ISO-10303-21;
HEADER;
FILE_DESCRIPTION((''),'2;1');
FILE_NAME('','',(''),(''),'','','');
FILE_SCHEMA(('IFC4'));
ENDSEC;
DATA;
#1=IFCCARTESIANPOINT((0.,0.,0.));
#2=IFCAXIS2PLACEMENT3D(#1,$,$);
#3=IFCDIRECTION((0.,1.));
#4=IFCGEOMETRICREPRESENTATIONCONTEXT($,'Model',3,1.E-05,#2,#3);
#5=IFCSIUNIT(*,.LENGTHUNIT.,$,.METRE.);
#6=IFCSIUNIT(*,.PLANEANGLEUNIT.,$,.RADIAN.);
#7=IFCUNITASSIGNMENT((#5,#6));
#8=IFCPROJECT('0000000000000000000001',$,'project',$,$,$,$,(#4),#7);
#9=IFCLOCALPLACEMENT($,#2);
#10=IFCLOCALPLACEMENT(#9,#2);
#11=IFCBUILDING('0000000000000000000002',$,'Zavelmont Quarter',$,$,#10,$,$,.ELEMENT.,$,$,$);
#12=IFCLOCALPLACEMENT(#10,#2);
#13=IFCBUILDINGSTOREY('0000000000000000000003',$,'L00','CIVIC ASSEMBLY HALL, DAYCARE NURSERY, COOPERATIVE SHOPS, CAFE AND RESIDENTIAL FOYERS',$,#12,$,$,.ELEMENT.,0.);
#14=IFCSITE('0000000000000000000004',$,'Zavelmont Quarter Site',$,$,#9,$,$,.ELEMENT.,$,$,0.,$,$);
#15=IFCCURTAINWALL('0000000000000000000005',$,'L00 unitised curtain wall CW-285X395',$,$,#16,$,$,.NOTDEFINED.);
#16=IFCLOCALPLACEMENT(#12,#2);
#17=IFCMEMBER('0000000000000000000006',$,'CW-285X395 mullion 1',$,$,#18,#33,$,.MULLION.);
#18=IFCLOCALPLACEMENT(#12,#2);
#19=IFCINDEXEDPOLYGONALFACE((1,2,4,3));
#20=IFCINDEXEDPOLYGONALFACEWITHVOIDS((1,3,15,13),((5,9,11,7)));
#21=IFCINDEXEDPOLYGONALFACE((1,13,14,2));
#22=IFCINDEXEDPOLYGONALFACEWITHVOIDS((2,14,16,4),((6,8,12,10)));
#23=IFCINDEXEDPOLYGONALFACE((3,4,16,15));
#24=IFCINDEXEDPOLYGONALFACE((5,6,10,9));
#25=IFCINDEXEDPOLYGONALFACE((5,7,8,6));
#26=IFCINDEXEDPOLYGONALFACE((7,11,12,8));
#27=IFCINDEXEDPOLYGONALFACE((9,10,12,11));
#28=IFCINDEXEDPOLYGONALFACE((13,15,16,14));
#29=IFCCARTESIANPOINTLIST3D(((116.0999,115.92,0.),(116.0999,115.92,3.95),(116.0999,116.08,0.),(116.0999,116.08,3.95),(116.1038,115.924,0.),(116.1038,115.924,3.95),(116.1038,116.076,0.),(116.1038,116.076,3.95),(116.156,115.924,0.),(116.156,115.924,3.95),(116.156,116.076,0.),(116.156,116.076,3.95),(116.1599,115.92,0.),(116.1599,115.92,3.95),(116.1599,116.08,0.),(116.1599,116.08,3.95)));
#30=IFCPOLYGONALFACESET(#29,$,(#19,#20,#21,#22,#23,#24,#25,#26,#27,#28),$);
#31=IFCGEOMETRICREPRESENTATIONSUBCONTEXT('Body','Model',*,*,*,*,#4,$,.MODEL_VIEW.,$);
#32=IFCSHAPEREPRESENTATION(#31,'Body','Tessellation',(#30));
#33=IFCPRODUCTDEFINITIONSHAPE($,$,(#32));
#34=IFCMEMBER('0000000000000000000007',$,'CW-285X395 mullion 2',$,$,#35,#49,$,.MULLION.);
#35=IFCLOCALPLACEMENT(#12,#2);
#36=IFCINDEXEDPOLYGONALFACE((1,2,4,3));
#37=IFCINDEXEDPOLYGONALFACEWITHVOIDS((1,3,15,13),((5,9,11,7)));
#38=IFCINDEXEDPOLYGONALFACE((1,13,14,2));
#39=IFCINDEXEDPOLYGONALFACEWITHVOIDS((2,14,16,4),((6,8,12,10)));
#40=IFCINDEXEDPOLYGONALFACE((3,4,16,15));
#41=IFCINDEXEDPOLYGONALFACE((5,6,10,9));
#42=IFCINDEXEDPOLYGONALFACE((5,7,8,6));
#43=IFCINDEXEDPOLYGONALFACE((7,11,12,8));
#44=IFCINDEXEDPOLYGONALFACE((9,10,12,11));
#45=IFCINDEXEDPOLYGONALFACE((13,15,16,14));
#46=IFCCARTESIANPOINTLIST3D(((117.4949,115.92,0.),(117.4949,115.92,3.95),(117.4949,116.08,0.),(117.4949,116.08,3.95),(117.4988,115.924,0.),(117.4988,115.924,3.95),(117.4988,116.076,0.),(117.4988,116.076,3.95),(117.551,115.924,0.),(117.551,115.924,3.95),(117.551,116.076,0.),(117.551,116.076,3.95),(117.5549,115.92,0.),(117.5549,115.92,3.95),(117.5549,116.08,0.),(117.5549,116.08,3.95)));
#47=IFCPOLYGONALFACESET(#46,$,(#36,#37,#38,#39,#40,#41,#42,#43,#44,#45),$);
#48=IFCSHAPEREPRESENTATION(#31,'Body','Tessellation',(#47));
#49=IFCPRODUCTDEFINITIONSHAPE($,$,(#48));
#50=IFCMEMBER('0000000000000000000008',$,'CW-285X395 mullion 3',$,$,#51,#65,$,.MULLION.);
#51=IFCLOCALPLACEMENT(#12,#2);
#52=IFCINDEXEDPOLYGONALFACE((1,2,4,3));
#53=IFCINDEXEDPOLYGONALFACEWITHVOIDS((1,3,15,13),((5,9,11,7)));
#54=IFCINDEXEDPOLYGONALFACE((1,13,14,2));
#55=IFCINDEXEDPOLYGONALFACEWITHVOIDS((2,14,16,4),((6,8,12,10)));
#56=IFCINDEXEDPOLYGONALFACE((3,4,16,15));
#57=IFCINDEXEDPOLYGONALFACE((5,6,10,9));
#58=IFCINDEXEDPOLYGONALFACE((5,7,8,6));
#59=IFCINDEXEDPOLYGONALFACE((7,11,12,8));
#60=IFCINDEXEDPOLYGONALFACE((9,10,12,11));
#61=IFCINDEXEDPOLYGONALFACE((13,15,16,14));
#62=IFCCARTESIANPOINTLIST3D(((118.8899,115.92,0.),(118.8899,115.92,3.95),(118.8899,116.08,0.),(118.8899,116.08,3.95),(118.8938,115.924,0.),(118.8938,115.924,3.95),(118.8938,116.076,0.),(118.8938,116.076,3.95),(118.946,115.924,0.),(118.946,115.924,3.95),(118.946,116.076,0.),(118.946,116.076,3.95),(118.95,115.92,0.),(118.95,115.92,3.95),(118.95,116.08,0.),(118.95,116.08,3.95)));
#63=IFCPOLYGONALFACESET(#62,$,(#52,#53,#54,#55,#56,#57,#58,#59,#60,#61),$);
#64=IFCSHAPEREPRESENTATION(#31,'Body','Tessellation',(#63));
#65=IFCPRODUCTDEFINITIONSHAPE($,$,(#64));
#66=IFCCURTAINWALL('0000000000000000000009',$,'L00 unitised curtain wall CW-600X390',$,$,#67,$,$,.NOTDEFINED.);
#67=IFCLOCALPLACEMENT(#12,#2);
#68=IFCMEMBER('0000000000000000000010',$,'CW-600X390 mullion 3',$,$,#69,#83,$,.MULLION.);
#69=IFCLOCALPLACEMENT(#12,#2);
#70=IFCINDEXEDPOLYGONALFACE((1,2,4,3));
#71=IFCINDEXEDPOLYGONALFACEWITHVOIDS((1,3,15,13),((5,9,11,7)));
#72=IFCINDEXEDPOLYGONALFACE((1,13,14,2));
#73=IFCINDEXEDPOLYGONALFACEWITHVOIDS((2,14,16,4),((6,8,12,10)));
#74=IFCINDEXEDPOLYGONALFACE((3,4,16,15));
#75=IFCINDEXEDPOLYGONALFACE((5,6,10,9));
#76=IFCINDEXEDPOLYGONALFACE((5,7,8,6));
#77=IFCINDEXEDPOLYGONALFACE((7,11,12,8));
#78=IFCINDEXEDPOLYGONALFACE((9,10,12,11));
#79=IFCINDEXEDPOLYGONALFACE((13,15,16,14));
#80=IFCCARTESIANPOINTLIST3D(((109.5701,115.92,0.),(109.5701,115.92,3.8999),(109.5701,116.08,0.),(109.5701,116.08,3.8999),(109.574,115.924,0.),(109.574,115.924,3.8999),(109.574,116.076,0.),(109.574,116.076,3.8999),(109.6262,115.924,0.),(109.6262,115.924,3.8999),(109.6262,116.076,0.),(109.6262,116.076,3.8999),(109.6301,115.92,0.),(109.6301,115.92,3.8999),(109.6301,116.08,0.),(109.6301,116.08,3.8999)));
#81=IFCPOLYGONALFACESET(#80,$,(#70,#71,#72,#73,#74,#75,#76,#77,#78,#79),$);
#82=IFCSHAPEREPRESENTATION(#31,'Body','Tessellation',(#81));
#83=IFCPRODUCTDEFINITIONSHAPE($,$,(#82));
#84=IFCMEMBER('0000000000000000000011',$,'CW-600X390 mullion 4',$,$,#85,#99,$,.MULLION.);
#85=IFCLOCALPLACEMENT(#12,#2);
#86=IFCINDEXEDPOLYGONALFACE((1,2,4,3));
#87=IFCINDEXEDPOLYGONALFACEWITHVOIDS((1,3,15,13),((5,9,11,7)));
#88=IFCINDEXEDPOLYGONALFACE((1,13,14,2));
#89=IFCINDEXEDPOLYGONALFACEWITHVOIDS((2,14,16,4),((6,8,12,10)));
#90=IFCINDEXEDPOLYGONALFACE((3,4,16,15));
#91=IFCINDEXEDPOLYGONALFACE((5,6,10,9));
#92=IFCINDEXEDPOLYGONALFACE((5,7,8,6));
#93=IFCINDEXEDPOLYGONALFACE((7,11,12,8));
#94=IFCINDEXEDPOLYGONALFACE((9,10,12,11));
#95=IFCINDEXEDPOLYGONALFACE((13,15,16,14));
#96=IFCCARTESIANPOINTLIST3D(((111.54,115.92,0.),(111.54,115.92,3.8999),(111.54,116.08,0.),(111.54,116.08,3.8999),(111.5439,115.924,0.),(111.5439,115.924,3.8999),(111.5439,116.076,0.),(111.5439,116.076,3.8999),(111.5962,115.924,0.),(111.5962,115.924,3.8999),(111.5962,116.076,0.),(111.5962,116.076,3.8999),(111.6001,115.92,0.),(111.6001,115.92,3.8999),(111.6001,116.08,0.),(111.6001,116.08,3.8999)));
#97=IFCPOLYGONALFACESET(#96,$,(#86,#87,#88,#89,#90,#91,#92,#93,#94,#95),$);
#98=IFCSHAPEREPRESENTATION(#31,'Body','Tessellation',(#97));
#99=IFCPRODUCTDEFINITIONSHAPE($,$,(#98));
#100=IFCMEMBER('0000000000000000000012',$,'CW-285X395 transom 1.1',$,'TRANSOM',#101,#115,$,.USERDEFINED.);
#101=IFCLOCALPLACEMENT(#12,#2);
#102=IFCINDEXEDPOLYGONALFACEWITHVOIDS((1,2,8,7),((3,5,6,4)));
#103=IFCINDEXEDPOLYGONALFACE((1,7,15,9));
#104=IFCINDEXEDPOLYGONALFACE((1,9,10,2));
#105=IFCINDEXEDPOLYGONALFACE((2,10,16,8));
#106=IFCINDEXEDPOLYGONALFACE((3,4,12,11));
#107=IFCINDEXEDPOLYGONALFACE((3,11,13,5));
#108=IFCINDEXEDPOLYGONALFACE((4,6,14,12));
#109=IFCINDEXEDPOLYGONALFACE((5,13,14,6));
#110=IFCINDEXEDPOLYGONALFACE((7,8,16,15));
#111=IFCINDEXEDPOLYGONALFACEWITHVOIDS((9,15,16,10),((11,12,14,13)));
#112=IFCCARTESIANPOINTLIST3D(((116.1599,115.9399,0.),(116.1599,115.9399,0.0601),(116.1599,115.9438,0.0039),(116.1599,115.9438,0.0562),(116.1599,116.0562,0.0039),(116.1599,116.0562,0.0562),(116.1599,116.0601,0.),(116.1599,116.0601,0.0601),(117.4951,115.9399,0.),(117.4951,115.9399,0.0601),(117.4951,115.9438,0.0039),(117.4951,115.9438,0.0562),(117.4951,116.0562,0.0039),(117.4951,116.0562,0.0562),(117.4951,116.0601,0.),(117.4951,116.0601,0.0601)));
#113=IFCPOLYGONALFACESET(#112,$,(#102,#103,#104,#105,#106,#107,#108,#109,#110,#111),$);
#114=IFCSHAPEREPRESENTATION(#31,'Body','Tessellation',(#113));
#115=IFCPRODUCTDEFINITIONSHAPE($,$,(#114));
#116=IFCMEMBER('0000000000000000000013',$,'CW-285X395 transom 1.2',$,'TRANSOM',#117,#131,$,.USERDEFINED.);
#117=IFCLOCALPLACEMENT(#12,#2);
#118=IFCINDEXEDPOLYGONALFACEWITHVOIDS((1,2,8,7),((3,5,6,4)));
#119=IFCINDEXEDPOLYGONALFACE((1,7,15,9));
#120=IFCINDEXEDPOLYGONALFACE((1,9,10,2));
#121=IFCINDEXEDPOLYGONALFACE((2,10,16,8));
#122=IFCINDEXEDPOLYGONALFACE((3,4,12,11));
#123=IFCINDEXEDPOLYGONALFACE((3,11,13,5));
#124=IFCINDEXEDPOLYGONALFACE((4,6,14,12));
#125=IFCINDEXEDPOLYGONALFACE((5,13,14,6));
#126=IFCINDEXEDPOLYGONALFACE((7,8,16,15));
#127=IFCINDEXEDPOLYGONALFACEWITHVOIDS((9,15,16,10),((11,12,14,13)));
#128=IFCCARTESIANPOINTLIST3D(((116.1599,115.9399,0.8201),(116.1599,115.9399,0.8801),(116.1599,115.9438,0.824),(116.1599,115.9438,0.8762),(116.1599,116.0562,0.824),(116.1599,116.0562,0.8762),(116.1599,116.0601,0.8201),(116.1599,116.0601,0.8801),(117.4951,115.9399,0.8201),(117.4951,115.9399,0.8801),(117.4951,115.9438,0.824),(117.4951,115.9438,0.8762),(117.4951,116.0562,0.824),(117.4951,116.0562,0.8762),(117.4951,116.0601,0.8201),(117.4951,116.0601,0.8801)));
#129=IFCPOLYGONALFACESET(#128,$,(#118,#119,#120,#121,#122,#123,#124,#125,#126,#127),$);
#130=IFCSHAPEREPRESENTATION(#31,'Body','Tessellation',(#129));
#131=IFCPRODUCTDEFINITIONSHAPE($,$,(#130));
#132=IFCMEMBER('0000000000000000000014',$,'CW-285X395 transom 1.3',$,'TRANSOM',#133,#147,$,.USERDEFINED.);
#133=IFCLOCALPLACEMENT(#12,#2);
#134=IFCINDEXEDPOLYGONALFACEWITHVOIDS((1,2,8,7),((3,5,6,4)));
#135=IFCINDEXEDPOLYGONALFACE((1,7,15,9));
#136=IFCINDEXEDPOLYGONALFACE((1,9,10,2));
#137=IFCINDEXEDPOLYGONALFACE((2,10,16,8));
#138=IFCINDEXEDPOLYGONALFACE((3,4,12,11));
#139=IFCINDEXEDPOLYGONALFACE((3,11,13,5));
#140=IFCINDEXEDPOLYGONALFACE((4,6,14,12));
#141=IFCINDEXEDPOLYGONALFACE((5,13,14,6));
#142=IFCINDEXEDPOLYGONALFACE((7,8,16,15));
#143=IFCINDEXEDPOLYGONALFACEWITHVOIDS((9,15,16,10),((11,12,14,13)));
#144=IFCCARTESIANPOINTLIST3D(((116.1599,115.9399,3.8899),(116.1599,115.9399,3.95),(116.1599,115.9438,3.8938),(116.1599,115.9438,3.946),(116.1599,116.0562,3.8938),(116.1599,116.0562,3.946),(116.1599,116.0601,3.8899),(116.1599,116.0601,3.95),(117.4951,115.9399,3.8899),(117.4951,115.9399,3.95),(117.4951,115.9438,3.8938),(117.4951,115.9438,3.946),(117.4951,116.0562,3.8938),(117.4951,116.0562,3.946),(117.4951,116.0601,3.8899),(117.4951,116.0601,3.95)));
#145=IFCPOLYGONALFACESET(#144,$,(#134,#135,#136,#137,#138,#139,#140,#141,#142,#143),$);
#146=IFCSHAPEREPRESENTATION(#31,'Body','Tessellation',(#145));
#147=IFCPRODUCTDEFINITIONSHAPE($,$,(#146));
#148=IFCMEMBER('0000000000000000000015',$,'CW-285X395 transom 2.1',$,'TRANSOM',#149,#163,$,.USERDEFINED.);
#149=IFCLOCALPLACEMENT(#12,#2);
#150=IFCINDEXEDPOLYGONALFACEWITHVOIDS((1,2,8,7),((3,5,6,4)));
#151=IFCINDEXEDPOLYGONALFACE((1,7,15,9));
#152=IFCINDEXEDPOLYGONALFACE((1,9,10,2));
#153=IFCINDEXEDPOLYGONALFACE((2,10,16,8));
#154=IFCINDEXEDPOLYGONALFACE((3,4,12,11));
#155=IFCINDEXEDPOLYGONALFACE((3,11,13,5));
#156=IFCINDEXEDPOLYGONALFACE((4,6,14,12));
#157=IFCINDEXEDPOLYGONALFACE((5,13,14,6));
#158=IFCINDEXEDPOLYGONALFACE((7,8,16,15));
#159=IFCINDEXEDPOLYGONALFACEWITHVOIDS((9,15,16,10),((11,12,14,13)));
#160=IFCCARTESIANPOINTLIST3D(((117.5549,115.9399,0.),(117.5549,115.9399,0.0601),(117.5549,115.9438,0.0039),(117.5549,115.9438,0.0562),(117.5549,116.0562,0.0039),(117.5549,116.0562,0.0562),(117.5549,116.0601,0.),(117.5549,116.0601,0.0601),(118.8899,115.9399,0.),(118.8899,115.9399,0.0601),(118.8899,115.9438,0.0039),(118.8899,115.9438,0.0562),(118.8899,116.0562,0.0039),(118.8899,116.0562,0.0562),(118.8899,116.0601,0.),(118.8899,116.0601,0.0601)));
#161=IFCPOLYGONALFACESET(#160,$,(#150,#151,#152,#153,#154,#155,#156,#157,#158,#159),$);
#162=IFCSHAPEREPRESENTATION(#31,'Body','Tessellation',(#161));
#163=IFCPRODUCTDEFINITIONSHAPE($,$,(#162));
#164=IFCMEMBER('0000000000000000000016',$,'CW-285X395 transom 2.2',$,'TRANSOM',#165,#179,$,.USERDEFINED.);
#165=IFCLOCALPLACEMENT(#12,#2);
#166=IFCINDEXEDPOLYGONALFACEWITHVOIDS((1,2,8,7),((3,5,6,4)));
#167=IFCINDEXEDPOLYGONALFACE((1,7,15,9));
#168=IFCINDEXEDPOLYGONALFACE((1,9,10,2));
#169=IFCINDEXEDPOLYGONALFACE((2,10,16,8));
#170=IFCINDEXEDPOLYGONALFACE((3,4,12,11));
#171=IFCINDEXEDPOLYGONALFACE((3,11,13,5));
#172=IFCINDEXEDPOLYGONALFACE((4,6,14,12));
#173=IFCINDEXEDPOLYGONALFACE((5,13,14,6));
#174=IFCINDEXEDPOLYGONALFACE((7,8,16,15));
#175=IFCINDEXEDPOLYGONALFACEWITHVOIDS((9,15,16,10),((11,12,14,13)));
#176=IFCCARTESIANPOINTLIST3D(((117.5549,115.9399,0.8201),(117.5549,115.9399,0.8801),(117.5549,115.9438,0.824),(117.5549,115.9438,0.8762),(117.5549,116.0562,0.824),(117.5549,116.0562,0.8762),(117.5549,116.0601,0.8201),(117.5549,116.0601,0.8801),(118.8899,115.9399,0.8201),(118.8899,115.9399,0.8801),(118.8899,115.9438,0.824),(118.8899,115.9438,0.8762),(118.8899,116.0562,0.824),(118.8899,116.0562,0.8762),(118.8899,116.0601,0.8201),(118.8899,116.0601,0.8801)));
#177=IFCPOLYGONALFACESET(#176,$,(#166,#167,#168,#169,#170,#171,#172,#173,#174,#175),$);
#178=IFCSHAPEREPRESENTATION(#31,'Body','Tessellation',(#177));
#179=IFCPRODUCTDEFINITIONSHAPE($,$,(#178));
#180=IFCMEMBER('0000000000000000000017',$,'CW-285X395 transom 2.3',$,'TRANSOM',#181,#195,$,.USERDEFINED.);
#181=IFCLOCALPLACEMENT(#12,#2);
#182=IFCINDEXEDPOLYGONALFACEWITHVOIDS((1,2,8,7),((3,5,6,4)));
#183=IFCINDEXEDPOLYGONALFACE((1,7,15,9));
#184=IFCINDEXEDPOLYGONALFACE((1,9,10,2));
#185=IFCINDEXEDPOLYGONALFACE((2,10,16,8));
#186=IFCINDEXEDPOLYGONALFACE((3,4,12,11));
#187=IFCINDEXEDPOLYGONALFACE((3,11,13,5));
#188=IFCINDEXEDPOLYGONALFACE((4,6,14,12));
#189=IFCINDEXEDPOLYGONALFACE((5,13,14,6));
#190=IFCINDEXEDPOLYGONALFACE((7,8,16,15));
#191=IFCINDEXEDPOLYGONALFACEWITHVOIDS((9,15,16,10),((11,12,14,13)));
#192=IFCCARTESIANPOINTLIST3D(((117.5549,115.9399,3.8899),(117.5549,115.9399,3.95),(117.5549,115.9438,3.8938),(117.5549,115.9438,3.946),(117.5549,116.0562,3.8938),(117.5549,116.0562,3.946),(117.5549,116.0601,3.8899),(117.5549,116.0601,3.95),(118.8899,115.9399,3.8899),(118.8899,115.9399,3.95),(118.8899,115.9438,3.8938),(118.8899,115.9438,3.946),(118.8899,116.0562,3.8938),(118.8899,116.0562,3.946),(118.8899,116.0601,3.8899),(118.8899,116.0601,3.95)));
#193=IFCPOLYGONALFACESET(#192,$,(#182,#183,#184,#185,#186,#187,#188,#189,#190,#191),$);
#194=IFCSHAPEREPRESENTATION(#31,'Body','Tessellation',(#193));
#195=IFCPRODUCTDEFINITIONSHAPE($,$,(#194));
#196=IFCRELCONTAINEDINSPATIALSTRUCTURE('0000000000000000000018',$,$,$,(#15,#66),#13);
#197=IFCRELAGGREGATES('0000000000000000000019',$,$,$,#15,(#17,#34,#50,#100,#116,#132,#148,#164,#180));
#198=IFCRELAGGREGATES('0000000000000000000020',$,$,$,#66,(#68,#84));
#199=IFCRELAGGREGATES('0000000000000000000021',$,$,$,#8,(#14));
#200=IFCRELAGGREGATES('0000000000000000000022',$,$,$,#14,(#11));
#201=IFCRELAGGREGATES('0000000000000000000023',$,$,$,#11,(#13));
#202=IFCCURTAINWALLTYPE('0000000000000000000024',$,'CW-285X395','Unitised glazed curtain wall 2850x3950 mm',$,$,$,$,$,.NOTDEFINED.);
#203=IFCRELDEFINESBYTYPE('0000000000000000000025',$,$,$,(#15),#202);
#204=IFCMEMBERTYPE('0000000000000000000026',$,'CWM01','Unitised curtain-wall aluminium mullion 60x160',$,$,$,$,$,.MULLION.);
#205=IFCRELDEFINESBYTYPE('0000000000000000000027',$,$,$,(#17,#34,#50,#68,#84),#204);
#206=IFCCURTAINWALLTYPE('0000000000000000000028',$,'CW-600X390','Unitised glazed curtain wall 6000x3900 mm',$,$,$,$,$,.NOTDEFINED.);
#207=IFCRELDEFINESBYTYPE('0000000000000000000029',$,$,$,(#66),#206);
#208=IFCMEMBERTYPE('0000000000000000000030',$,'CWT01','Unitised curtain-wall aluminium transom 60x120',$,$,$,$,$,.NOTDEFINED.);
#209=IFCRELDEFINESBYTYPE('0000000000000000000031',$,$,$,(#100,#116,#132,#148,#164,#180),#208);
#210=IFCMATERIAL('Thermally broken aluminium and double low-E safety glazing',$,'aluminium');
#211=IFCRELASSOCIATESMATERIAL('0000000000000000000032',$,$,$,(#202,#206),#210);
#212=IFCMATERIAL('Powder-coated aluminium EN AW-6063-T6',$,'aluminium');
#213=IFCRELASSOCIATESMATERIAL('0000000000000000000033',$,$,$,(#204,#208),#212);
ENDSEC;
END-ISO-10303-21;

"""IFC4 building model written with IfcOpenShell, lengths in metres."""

from ifc_helpers import new_model, si_unit, direction, frame, origin, origin_2d, place, context, subcontext, project, spatial, hollow_rectangle, extrude, material, material_profile, profile_set, type_object, element, aggregate, save


model = new_model("IFC4")

# Units and contexts
model_context = context("Model", 3, precision=1e-05, world=origin(), true_north=direction((0.0, 1.0)))
body_context = subcontext(model_context, "Body", "Model", "MODEL_VIEW")
ifc_project = project(units=[si_unit("LENGTHUNIT", "METRE"), si_unit("PLANEANGLEUNIT", "RADIAN")], contexts=[model_context])

# Site, building, storey
site_placement = place(None, origin())
site = spatial("IfcSite", under=ifc_project, at=site_placement, Name="Zavelmont Quarter Site", CompositionType="ELEMENT", RefElevation=0.0)
building_placement = place(site_placement, origin())
building = spatial("IfcBuilding", under=site, at=building_placement, Name="Zavelmont Quarter", CompositionType="ELEMENT")
storey_placement = place(building_placement, origin())
storey = spatial("IfcBuildingStorey", under=building, at=storey_placement, Name="L00", Description="CIVIC ASSEMBLY HALL, DAYCARE NURSERY, COOPERATIVE SHOPS, CAFE AND RESIDENTIAL FOYERS", CompositionType="ELEMENT", Elevation=0.0)

# Curtain walls, members
ifc_material_1 = material(Name="Thermally broken aluminium and double low-E safety glazing", Category="aluminium")
curtain_wall_type_1 = type_object("IfcCurtainWallType", Name="CW-285X395", Description="Unitised glazed curtain wall 2850x3950 mm", PredefinedType="NOTDEFINED", material=ifc_material_1)
curtain_wall_1_placement = place(storey_placement, origin())
curtain_wall_1 = element("IfcCurtainWall", 1, at=curtain_wall_1_placement, inside=storey, type_object=curtain_wall_type_1, Name="L00 unitised curtain wall CW-285X395", PredefinedType="NOTDEFINED")
ifc_material_2 = material(Name="Powder-coated aluminium EN AW-6063-T6", Category="aluminium")
ifc_material_profile_1 = material_profile(ifc_material_2, hollow_rectangle(XDim=0.0601, YDim=0.1599, WallThickness=0.0039, at=origin_2d()), Name="CWM60X160")
ifc_profile_set_1 = profile_set([ifc_material_profile_1], Name="Powder-coated aluminium EN AW-6063-T6")
member_type_1 = type_object("IfcMemberType", Name="CWM01", Description="Unitised curtain-wall aluminium mullion 60x160", PredefinedType="MULLION", material=ifc_profile_set_1)
member_1_placement = place(storey_placement, frame((116.1299, 116.0, 0.0), z_axis=(0.0, 0.0, 1.0), x_axis=(1.0, 0.0, 0.0)))
member_1 = element("IfcMember", 2, at=member_1_placement, type_object=member_type_1, Name="CW-285X395 mullion 1", PredefinedType="MULLION", context=body_context, shape_type="SweptSolid", body=[
    extrude(hollow_rectangle(XDim=0.0601, YDim=0.1599, WallThickness=0.0039, at=origin_2d()), origin(), (0.0, 0.0, 1.0), 3.95),
])
member_2_placement = place(storey_placement, frame((117.5249, 116.0, 0.0), z_axis=(0.0, 0.0, 1.0), x_axis=(1.0, 0.0, 0.0)))
member_2 = element("IfcMember", 3, at=member_2_placement, type_object=member_type_1, Name="CW-285X395 mullion 2", PredefinedType="MULLION", context=body_context, shape_type="SweptSolid", body=[
    extrude(hollow_rectangle(XDim=0.0601, YDim=0.1599, WallThickness=0.0039, at=origin_2d()), origin(), (0.0, 0.0, 1.0), 3.95),
])
member_3_placement = place(storey_placement, frame((118.9199, 116.0, 0.0), z_axis=(0.0, 0.0, 1.0), x_axis=(1.0, 0.0, 0.0)))
member_3 = element("IfcMember", 4, at=member_3_placement, type_object=member_type_1, Name="CW-285X395 mullion 3", PredefinedType="MULLION", context=body_context, shape_type="SweptSolid", body=[
    extrude(hollow_rectangle(XDim=0.0601, YDim=0.1599, WallThickness=0.0039, at=origin_2d()), origin(), (0.0, 0.0, 1.0), 3.95),
])
curtain_wall_type_2 = type_object("IfcCurtainWallType", Name="CW-600X390", Description="Unitised glazed curtain wall 6000x3900 mm", PredefinedType="NOTDEFINED", material=ifc_material_1)
curtain_wall_2_placement = place(storey_placement, origin())
curtain_wall_2 = element("IfcCurtainWall", 5, at=curtain_wall_2_placement, inside=storey, type_object=curtain_wall_type_2, Name="L00 unitised curtain wall CW-600X390", PredefinedType="NOTDEFINED")
member_4_placement = place(storey_placement, frame((109.6001, 116.0, 0.0), z_axis=(0.0, 0.0, 1.0), x_axis=(1.0, 0.0, 0.0)))
member_4 = element("IfcMember", 6, at=member_4_placement, type_object=member_type_1, Name="CW-600X390 mullion 3", PredefinedType="MULLION", context=body_context, shape_type="SweptSolid", body=[
    extrude(hollow_rectangle(XDim=0.0601, YDim=0.1599, WallThickness=0.0039, at=origin_2d()), origin(), (0.0, 0.0, 1.0), 3.8999),
])
member_5_placement = place(storey_placement, frame((111.5701, 116.0, 0.0), z_axis=(0.0, 0.0, 1.0), x_axis=(1.0, 0.0, 0.0)))
member_5 = element("IfcMember", 7, at=member_5_placement, type_object=member_type_1, Name="CW-600X390 mullion 4", PredefinedType="MULLION", context=body_context, shape_type="SweptSolid", body=[
    extrude(hollow_rectangle(XDim=0.0601, YDim=0.1599, WallThickness=0.0039, at=origin_2d()), origin(), (0.0, 0.0, 1.0), 3.8999),
])

# Members
ifc_material_profile_2 = material_profile(ifc_material_2, hollow_rectangle(XDim=0.1201, YDim=0.0601, WallThickness=0.0039, at=origin_2d()), Name="CWT60X120")
ifc_profile_set_2 = profile_set([ifc_material_profile_2], Name="Powder-coated aluminium EN AW-6063-T6")
member_type_2 = type_object("IfcMemberType", Name="CWT01", Description="Unitised curtain-wall aluminium transom 60x120", PredefinedType="NOTDEFINED", material=ifc_profile_set_2)
member_6_placement = place(storey_placement, frame((116.1599, 116.0, 0.03), z_axis=(1.0, 0.0, 0.0), x_axis=(0.0, 1.0, 0.0)))
member_6 = element("IfcMember", 8, at=member_6_placement, type_object=member_type_2, Name="CW-285X395 transom 1.1", ObjectType="TRANSOM", PredefinedType="USERDEFINED", context=body_context, shape_type="SweptSolid", body=[
    extrude(hollow_rectangle(XDim=0.1201, YDim=0.0601, WallThickness=0.0039, at=origin_2d()), origin(), (0.0, 0.0, 1.0), 1.3352),
])
member_7_placement = place(storey_placement, frame((116.1599, 116.0, 0.8501), z_axis=(1.0, 0.0, 0.0), x_axis=(0.0, 1.0, 0.0)))
member_7 = element("IfcMember", 9, at=member_7_placement, type_object=member_type_2, Name="CW-285X395 transom 1.2", ObjectType="TRANSOM", PredefinedType="USERDEFINED", context=body_context, shape_type="SweptSolid", body=[
    extrude(hollow_rectangle(XDim=0.1201, YDim=0.0601, WallThickness=0.0039, at=origin_2d()), origin(), (0.0, 0.0, 1.0), 1.3352),
])
member_8_placement = place(storey_placement, frame((116.1599, 116.0, 3.9199), z_axis=(1.0, 0.0, 0.0), x_axis=(0.0, 1.0, 0.0)))
member_8 = element("IfcMember", 10, at=member_8_placement, type_object=member_type_2, Name="CW-285X395 transom 1.3", ObjectType="TRANSOM", PredefinedType="USERDEFINED", context=body_context, shape_type="SweptSolid", body=[
    extrude(hollow_rectangle(XDim=0.1201, YDim=0.0601, WallThickness=0.0039, at=origin_2d()), origin(), (0.0, 0.0, 1.0), 1.3352),
])
member_9_placement = place(storey_placement, frame((117.5549, 116.0, 0.03), z_axis=(1.0, 0.0, 0.0), x_axis=(0.0, 1.0, 0.0)))
member_9 = element("IfcMember", 11, at=member_9_placement, type_object=member_type_2, Name="CW-285X395 transom 2.1", ObjectType="TRANSOM", PredefinedType="USERDEFINED", context=body_context, shape_type="SweptSolid", body=[
    extrude(hollow_rectangle(XDim=0.1201, YDim=0.0601, WallThickness=0.0039, at=origin_2d()), origin(), (0.0, 0.0, 1.0), 1.335),
])
member_10_placement = place(storey_placement, frame((117.5549, 116.0, 0.8501), z_axis=(1.0, 0.0, 0.0), x_axis=(0.0, 1.0, 0.0)))
member_10 = element("IfcMember", 12, at=member_10_placement, type_object=member_type_2, Name="CW-285X395 transom 2.2", ObjectType="TRANSOM", PredefinedType="USERDEFINED", context=body_context, shape_type="SweptSolid", body=[
    extrude(hollow_rectangle(XDim=0.1201, YDim=0.0601, WallThickness=0.0039, at=origin_2d()), origin(), (0.0, 0.0, 1.0), 1.335),
])
member_11_placement = place(storey_placement, frame((117.5549, 116.0, 3.9199), z_axis=(1.0, 0.0, 0.0), x_axis=(0.0, 1.0, 0.0)))
member_11 = element("IfcMember", 13, at=member_11_placement, type_object=member_type_2, Name="CW-285X395 transom 2.3", ObjectType="TRANSOM", PredefinedType="USERDEFINED", context=body_context, shape_type="SweptSolid", body=[
    extrude(hollow_rectangle(XDim=0.1201, YDim=0.0601, WallThickness=0.0039, at=origin_2d()), origin(), (0.0, 0.0, 1.0), 1.335),
])

aggregate(curtain_wall_1, [member_1, member_2, member_3, member_6, member_7, member_8, member_9, member_10, member_11])
aggregate(curtain_wall_2, [member_4, member_5])

save(model, "model.ifc")
